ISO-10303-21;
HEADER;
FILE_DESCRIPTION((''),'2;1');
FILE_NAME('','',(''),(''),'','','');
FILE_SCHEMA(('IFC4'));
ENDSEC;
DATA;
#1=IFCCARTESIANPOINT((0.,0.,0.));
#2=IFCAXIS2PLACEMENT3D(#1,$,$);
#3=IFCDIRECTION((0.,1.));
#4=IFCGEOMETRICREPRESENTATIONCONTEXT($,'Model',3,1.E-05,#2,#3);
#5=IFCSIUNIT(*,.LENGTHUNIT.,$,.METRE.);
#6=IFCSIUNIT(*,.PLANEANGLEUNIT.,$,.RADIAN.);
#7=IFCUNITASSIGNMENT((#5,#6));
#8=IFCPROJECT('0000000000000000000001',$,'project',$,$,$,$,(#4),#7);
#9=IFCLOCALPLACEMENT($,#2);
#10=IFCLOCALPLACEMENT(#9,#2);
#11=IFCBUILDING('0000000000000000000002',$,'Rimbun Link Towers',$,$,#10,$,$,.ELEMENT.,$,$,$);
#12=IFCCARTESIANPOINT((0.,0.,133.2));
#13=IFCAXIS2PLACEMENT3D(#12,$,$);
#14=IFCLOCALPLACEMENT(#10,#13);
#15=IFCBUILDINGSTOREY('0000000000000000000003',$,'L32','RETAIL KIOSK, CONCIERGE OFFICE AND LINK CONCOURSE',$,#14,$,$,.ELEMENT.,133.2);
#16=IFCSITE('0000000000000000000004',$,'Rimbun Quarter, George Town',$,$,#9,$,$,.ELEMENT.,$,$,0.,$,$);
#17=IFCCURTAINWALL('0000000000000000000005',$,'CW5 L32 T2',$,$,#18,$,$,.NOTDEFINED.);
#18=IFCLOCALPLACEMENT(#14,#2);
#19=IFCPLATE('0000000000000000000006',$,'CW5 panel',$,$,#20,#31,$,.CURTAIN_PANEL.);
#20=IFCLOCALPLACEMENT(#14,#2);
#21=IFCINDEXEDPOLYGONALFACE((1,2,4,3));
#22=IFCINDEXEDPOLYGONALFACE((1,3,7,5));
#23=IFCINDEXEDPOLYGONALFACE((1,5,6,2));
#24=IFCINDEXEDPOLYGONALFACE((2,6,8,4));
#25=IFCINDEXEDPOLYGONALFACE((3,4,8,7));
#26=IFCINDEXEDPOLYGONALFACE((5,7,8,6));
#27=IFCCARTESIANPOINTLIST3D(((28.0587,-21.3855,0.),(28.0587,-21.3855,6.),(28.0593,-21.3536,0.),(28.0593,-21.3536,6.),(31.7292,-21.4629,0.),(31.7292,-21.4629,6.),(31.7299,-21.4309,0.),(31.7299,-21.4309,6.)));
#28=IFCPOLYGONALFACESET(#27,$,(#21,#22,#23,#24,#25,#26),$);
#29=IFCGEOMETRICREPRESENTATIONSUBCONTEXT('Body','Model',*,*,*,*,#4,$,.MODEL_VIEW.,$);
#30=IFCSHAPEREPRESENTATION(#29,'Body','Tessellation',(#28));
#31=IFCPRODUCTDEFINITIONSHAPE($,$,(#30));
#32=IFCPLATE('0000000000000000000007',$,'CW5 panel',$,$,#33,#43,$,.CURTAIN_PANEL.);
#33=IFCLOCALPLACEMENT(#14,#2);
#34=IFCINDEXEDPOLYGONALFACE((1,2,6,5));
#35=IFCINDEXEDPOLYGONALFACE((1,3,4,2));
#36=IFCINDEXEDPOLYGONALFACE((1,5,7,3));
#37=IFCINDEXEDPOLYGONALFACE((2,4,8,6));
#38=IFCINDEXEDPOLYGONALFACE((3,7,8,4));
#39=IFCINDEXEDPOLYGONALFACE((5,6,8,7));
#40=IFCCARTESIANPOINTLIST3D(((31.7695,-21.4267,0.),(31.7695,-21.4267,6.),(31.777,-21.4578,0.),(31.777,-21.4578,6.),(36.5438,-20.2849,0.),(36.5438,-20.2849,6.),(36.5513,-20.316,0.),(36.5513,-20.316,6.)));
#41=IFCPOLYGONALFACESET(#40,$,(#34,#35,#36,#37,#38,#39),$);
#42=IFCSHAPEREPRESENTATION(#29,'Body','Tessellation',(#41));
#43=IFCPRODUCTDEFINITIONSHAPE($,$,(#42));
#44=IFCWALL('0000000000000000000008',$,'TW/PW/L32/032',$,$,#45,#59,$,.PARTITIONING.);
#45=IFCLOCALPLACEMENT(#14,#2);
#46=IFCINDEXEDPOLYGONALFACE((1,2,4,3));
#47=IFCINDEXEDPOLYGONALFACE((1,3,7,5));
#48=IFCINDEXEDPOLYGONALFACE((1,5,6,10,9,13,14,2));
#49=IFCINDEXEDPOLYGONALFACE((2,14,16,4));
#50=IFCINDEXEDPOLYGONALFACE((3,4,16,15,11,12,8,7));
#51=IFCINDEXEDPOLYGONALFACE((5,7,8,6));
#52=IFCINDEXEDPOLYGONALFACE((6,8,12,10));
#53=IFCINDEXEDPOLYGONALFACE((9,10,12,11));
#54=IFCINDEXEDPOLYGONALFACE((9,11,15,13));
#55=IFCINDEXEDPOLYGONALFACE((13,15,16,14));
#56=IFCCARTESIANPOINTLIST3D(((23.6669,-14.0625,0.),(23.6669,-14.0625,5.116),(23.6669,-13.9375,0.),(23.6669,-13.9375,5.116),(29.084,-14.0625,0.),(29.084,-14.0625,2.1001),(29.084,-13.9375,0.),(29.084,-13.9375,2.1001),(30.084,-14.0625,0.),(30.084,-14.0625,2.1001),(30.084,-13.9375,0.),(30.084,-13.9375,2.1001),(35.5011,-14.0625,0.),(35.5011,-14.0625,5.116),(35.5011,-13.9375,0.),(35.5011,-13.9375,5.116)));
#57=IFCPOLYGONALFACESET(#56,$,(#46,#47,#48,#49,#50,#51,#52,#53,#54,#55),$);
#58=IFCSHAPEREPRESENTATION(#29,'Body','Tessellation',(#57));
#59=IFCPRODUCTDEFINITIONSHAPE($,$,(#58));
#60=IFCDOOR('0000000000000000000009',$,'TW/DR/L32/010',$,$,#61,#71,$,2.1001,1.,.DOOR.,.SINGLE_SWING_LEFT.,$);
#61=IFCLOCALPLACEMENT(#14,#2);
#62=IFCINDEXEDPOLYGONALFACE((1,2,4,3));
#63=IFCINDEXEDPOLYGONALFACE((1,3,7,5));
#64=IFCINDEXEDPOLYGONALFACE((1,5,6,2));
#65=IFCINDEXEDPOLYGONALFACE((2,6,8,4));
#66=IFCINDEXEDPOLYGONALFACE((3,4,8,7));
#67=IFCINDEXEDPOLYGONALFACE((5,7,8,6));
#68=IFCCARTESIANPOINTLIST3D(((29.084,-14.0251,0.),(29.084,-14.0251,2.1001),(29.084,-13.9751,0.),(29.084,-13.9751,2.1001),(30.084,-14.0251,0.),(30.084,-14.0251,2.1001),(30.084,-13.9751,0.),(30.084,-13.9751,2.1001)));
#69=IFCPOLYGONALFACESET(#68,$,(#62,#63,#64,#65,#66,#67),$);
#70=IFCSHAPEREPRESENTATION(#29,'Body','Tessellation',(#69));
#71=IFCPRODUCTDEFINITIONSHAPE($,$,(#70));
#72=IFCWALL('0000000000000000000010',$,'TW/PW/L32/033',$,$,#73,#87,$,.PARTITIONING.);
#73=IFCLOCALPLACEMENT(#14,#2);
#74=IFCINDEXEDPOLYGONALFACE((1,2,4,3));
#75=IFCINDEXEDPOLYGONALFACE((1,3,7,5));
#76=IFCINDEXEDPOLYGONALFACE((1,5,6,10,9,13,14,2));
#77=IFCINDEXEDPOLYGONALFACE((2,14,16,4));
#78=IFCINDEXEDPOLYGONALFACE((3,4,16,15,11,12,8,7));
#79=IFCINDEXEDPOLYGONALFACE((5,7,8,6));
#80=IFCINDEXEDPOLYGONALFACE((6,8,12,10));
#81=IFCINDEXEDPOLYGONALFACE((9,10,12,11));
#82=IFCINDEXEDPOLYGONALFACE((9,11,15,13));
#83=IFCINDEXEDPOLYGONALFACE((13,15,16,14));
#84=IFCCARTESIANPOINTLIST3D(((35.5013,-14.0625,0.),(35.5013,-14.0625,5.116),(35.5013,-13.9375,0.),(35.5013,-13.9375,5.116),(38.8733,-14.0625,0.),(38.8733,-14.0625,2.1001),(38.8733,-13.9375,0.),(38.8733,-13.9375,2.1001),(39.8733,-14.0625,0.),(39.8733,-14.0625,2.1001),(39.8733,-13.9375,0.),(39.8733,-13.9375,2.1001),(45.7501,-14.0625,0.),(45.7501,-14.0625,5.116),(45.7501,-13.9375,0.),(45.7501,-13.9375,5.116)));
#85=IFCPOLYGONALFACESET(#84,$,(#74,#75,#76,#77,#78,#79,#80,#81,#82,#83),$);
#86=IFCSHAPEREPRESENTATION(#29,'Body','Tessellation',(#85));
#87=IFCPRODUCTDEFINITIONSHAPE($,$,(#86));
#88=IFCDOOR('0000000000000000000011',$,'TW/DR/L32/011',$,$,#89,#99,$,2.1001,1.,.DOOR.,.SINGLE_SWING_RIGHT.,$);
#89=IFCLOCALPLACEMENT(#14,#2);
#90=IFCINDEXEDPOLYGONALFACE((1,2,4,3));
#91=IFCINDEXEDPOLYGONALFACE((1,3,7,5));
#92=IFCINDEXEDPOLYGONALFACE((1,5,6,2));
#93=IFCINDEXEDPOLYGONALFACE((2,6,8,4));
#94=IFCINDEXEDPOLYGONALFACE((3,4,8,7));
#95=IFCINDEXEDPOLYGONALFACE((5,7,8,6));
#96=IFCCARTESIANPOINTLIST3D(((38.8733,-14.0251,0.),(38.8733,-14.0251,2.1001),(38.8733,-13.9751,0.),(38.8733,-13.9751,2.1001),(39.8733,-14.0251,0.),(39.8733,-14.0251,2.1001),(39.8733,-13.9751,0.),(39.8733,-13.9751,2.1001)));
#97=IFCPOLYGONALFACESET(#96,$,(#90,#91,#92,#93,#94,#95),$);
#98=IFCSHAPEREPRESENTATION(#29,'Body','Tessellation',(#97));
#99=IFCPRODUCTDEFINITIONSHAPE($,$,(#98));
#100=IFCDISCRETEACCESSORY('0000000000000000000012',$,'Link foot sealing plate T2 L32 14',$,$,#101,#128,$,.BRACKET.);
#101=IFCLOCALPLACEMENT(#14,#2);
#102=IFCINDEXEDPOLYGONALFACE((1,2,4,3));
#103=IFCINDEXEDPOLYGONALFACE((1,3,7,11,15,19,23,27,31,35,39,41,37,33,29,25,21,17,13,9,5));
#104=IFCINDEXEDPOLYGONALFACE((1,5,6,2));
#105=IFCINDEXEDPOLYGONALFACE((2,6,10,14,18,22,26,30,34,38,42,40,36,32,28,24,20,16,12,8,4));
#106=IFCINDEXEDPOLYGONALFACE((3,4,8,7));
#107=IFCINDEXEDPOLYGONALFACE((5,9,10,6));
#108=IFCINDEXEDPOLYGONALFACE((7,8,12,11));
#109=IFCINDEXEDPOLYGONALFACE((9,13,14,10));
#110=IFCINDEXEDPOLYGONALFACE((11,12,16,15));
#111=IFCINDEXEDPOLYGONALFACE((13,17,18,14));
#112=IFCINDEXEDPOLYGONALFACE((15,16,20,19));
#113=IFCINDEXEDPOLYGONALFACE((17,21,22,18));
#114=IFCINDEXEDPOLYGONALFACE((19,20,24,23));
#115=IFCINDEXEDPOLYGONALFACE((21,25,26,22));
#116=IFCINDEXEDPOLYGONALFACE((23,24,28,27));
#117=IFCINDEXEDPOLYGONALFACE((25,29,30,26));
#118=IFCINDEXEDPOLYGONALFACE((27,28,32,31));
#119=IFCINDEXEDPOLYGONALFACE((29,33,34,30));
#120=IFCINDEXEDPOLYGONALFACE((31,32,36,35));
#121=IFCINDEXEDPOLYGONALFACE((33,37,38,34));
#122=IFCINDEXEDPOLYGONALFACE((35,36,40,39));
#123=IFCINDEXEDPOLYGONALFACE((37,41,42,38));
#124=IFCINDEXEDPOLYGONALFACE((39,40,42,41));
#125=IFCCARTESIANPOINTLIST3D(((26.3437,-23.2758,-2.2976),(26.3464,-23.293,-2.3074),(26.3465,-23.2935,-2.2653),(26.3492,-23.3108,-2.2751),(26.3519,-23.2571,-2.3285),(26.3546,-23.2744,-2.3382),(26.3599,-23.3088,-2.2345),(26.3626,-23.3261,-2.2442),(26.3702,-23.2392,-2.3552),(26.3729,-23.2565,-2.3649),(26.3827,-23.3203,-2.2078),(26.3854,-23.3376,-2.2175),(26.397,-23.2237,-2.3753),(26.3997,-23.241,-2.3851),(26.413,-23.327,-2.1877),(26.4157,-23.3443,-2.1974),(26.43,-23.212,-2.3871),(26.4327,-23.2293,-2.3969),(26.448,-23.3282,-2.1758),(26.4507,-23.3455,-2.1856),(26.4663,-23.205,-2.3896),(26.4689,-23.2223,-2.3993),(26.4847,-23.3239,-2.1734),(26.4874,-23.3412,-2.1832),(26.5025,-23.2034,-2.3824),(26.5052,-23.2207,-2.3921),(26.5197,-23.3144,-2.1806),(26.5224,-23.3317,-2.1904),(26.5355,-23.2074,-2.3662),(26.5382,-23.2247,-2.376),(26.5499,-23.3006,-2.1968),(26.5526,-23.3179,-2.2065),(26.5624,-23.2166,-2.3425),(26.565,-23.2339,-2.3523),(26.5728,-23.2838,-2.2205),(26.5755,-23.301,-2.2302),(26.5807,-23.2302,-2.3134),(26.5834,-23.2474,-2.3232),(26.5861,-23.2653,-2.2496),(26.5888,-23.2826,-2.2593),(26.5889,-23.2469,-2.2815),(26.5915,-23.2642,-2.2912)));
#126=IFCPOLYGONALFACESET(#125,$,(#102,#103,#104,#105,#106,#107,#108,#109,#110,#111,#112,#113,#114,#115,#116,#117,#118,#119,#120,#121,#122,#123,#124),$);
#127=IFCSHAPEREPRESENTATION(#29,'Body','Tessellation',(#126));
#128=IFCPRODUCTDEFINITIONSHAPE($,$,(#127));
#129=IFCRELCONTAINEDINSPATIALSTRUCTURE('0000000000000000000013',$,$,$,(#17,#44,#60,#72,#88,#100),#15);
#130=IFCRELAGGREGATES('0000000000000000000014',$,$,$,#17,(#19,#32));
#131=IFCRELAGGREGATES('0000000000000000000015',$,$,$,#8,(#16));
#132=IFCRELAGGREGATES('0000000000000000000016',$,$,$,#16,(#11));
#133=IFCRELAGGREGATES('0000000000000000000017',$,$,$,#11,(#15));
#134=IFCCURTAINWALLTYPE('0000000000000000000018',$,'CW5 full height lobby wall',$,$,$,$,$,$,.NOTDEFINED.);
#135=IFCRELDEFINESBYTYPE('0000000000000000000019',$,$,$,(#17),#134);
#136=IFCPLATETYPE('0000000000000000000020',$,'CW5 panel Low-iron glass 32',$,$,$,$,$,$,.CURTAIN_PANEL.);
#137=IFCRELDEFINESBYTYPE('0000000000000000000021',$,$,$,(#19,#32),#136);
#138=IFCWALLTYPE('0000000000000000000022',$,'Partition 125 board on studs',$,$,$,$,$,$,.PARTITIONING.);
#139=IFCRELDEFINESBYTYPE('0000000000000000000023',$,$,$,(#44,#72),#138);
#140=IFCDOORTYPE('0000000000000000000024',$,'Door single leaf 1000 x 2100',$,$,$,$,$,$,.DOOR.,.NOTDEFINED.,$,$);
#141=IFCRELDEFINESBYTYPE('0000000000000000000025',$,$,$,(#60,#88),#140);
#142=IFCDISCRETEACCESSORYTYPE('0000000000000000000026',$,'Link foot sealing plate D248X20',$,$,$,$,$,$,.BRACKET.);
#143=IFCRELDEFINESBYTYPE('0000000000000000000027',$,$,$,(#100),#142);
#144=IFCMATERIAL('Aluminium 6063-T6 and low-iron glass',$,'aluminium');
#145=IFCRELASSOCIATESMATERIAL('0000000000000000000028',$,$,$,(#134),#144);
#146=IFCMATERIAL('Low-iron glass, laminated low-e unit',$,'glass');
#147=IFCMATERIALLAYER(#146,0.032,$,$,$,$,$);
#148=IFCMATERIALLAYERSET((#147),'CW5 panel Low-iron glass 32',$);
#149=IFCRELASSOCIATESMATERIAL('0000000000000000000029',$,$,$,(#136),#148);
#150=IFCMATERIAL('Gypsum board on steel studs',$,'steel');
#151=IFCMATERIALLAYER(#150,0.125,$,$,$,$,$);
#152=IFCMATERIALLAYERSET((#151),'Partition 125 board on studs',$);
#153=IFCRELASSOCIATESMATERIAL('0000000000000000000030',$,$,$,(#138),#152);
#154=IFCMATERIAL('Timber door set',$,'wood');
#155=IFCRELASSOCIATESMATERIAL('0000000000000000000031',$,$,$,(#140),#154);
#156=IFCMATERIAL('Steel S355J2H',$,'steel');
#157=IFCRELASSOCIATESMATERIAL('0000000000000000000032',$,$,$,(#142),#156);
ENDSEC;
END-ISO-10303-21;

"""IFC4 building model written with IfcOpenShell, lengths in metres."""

from ifc_helpers import new_model, si_unit, direction, frame, frame_2d, origin, origin_2d, place, context, subcontext, project, spatial, rectangle, circle, extrude, material, layer, layer_set, material_profile, profile_set, type_object, element, fill, aggregate, save


model = new_model("IFC4")

# Units and contexts
model_context = context("Model", 3, precision=1e-05, world=origin(), true_north=direction((0.0, 1.0)))
body_context = subcontext(model_context, "Body", "Model", "MODEL_VIEW")
ifc_project = project(units=[si_unit("LENGTHUNIT", "METRE"), si_unit("PLANEANGLEUNIT", "RADIAN")], contexts=[model_context])

# Site, building, storey
site_placement = place(None, origin())
site = spatial("IfcSite", under=ifc_project, at=site_placement, Name="Rimbun Quarter, George Town", CompositionType="ELEMENT", RefElevation=0.0)
building_placement = place(site_placement, origin())
building = spatial("IfcBuilding", under=site, at=building_placement, Name="Rimbun Link Towers", CompositionType="ELEMENT")
storey_placement = place(building_placement, frame((0.0, 0.0, 133.2)))
storey = spatial("IfcBuildingStorey", under=building, at=storey_placement, Name="L32", Description="RETAIL KIOSK, CONCIERGE OFFICE AND LINK CONCOURSE", CompositionType="ELEMENT", Elevation=133.2)

# Curtain wall
ifc_material_1 = material(Name="Aluminium 6063-T6 and low-iron glass", Category="aluminium")
curtain_wall_type = type_object("IfcCurtainWallType", Name="CW5 full height lobby wall", PredefinedType="NOTDEFINED", material=ifc_material_1)
curtain_wall_placement = place(storey_placement, origin())
curtain_wall = element("IfcCurtainWall", 1, at=curtain_wall_placement, inside=storey, type_object=curtain_wall_type, Name="CW5 L32 T2", PredefinedType="NOTDEFINED")

# Plates
ifc_material_2 = material(Name="Low-iron glass, laminated low-e unit", Category="glass")
ifc_layer_1 = layer(ifc_material_2, 0.032)
ifc_layer_set_1 = layer_set([ifc_layer_1], Name="CW5 panel Low-iron glass 32")
plate_type = type_object("IfcPlateType", Name="CW5 panel Low-iron glass 32", PredefinedType="CURTAIN_PANEL", material=ifc_layer_set_1)
plate_1_placement = place(storey_placement, frame((29.8943, -21.4082, 0.0), z_axis=(0.0, 0.0, 1.0), x_axis=(-0.999778, 0.021063, 0.0)))
plate_1 = element("IfcPlate", 2, at=plate_1_placement, type_object=plate_type, Name="CW5 panel", PredefinedType="CURTAIN_PANEL", context=body_context, shape_type="SweptSolid", body=[
    extrude(rectangle(XDim=3.6714, YDim=0.032, at=origin_2d()), origin(), (0.0, 0.0, 1.0), 6.0),
])
plate_2_placement = place(storey_placement, frame((34.1604, -20.8713, 0.0), z_axis=(0.0, 0.0, 1.0), x_axis=(-0.972575, -0.232588, 0.0)))
plate_2 = element("IfcPlate", 3, at=plate_2_placement, type_object=plate_type, Name="CW5 panel", PredefinedType="CURTAIN_PANEL", context=body_context, shape_type="SweptSolid", body=[
    extrude(rectangle(XDim=4.9089, YDim=0.032, at=origin_2d()), origin(), (0.0, 0.0, 1.0), 6.0),
])
aggregate(curtain_wall, [plate_1, plate_2])

# Walls, openings, doors
ifc_material_3 = material(Name="Gypsum board on steel studs", Category="steel")
ifc_layer_2 = layer(ifc_material_3, 0.125)
ifc_layer_set_2 = layer_set([ifc_layer_2], Name="Partition 125 board on studs")
wall_type = type_object("IfcWallType", Name="Partition 125 board on studs", PredefinedType="PARTITIONING", material=ifc_layer_set_2)
wall_1_placement = place(storey_placement, frame((23.667, -14.0, 0.0), z_axis=(0.0, 0.0, 1.0), x_axis=(1.0, 0.0, 0.0)))
wall_1 = element("IfcWall", 4, at=wall_1_placement, inside=storey, type_object=wall_type, Name="TW/PW/L32/032", PredefinedType="PARTITIONING", context=body_context, shape_type="SweptSolid", body=[
    extrude(rectangle(XDim=11.8342, YDim=0.125, at=frame_2d((5.917, 0.0))), origin(), (0.0, 0.0, 1.0), 5.116),
])
opening_1_placement = place(wall_1_placement, frame((5.417, 0.0, 0.0)))
opening_1 = element("IfcOpeningElement", 5, at=opening_1_placement, cuts=wall_1, PredefinedType="OPENING", context=body_context, shape_type="SweptSolid", body=[
    extrude(rectangle(XDim=1.0, YDim=2.1001, at=frame_2d((0.5, 1.05))), frame((0.0, 0.0725, 0.0), z_axis=(0.0, -1.0, 0.0), x_axis=(1.0, 0.0, 0.0)), (0.0, 0.0, 1.0), 0.145),
])
ifc_material_4 = material(Name="Timber door set", Category="wood")
door_type = type_object("IfcDoorType", Name="Door single leaf 1000 x 2100", OperationType="NOTDEFINED", PredefinedType="DOOR", material=ifc_material_4)
door_1_placement = place(opening_1_placement, origin())
door_1 = element("IfcDoor", 6, at=door_1_placement, inside=storey, type_object=door_type, Name="TW/DR/L32/010", OperationType="SINGLE_SWING_LEFT", OverallHeight=2.1001, OverallWidth=1.0, PredefinedType="DOOR", context=body_context, shape_type="SweptSolid", body=[
    extrude(rectangle(XDim=1.0, YDim=2.1001, at=frame_2d((0.5, 1.05))), frame((0.0, 0.0249, 0.0), z_axis=(0.0, -1.0, 0.0), x_axis=(1.0, 0.0, 0.0)), (0.0, 0.0, 1.0), 0.05),
])
fill(opening_1, door_1)
wall_2_placement = place(storey_placement, frame((35.5012, -14.0, 0.0), z_axis=(0.0, 0.0, 1.0), x_axis=(1.0, 0.0, 0.0)))
wall_2 = element("IfcWall", 7, at=wall_2_placement, inside=storey, type_object=wall_type, Name="TW/PW/L32/033", PredefinedType="PARTITIONING", context=body_context, shape_type="SweptSolid", body=[
    extrude(rectangle(XDim=10.2488, YDim=0.125, at=frame_2d((5.1245, 0.0))), origin(), (0.0, 0.0, 1.0), 5.116),
])
opening_2_placement = place(wall_2_placement, frame((3.3721, 0.0, 0.0)))
opening_2 = element("IfcOpeningElement", 8, at=opening_2_placement, cuts=wall_2, PredefinedType="OPENING", context=body_context, shape_type="SweptSolid", body=[
    extrude(rectangle(XDim=1.0, YDim=2.1001, at=frame_2d((0.5, 1.05))), frame((0.0, 0.0725, 0.0), z_axis=(0.0, -1.0, 0.0), x_axis=(1.0, 0.0, 0.0)), (0.0, 0.0, 1.0), 0.145),
])
door_2_placement = place(opening_2_placement, origin())
door_2 = element("IfcDoor", 9, at=door_2_placement, inside=storey, type_object=door_type, Name="TW/DR/L32/011", OperationType="SINGLE_SWING_RIGHT", OverallHeight=2.1001, OverallWidth=1.0, PredefinedType="DOOR", context=body_context, shape_type="SweptSolid", body=[
    extrude(rectangle(XDim=1.0, YDim=2.1001, at=frame_2d((0.5, 1.05))), frame((0.0, 0.0249, 0.0), z_axis=(0.0, -1.0, 0.0), x_axis=(1.0, 0.0, 0.0)), (0.0, 0.0, 1.0), 0.05),
])
fill(opening_2, door_2)

# Discrete accessory
ifc_material_5 = material(Name="Steel S355J2H", Category="steel")
ifc_material_profile_1 = material_profile(ifc_material_5, circle(Radius=0.124, at=origin_2d()), Name="PL D248")
ifc_profile_set_1 = profile_set([ifc_material_profile_1], Name="Steel S355J2H")
discrete_accessory_type = type_object("IfcDiscreteAccessoryType", Name="Link foot sealing plate D248X20", PredefinedType="BRACKET", material=ifc_profile_set_1)
discrete_accessory_placement = place(storey_placement, frame((26.4663, -23.2659, -2.2815), z_axis=(0.133769, -0.863417, -0.486432), x_axis=(0.98821, 0.153103, 0.0)))
element("IfcDiscreteAccessory", 10, at=discrete_accessory_placement, inside=storey, type_object=discrete_accessory_type, Name="Link foot sealing plate T2 L32 14", PredefinedType="BRACKET", context=body_context, shape_type="SweptSolid", body=[
    extrude(circle(Radius=0.124, at=origin_2d()), origin(), (0.0, 0.0, 1.0), 0.02),
])

save(model, "model.ifc")
